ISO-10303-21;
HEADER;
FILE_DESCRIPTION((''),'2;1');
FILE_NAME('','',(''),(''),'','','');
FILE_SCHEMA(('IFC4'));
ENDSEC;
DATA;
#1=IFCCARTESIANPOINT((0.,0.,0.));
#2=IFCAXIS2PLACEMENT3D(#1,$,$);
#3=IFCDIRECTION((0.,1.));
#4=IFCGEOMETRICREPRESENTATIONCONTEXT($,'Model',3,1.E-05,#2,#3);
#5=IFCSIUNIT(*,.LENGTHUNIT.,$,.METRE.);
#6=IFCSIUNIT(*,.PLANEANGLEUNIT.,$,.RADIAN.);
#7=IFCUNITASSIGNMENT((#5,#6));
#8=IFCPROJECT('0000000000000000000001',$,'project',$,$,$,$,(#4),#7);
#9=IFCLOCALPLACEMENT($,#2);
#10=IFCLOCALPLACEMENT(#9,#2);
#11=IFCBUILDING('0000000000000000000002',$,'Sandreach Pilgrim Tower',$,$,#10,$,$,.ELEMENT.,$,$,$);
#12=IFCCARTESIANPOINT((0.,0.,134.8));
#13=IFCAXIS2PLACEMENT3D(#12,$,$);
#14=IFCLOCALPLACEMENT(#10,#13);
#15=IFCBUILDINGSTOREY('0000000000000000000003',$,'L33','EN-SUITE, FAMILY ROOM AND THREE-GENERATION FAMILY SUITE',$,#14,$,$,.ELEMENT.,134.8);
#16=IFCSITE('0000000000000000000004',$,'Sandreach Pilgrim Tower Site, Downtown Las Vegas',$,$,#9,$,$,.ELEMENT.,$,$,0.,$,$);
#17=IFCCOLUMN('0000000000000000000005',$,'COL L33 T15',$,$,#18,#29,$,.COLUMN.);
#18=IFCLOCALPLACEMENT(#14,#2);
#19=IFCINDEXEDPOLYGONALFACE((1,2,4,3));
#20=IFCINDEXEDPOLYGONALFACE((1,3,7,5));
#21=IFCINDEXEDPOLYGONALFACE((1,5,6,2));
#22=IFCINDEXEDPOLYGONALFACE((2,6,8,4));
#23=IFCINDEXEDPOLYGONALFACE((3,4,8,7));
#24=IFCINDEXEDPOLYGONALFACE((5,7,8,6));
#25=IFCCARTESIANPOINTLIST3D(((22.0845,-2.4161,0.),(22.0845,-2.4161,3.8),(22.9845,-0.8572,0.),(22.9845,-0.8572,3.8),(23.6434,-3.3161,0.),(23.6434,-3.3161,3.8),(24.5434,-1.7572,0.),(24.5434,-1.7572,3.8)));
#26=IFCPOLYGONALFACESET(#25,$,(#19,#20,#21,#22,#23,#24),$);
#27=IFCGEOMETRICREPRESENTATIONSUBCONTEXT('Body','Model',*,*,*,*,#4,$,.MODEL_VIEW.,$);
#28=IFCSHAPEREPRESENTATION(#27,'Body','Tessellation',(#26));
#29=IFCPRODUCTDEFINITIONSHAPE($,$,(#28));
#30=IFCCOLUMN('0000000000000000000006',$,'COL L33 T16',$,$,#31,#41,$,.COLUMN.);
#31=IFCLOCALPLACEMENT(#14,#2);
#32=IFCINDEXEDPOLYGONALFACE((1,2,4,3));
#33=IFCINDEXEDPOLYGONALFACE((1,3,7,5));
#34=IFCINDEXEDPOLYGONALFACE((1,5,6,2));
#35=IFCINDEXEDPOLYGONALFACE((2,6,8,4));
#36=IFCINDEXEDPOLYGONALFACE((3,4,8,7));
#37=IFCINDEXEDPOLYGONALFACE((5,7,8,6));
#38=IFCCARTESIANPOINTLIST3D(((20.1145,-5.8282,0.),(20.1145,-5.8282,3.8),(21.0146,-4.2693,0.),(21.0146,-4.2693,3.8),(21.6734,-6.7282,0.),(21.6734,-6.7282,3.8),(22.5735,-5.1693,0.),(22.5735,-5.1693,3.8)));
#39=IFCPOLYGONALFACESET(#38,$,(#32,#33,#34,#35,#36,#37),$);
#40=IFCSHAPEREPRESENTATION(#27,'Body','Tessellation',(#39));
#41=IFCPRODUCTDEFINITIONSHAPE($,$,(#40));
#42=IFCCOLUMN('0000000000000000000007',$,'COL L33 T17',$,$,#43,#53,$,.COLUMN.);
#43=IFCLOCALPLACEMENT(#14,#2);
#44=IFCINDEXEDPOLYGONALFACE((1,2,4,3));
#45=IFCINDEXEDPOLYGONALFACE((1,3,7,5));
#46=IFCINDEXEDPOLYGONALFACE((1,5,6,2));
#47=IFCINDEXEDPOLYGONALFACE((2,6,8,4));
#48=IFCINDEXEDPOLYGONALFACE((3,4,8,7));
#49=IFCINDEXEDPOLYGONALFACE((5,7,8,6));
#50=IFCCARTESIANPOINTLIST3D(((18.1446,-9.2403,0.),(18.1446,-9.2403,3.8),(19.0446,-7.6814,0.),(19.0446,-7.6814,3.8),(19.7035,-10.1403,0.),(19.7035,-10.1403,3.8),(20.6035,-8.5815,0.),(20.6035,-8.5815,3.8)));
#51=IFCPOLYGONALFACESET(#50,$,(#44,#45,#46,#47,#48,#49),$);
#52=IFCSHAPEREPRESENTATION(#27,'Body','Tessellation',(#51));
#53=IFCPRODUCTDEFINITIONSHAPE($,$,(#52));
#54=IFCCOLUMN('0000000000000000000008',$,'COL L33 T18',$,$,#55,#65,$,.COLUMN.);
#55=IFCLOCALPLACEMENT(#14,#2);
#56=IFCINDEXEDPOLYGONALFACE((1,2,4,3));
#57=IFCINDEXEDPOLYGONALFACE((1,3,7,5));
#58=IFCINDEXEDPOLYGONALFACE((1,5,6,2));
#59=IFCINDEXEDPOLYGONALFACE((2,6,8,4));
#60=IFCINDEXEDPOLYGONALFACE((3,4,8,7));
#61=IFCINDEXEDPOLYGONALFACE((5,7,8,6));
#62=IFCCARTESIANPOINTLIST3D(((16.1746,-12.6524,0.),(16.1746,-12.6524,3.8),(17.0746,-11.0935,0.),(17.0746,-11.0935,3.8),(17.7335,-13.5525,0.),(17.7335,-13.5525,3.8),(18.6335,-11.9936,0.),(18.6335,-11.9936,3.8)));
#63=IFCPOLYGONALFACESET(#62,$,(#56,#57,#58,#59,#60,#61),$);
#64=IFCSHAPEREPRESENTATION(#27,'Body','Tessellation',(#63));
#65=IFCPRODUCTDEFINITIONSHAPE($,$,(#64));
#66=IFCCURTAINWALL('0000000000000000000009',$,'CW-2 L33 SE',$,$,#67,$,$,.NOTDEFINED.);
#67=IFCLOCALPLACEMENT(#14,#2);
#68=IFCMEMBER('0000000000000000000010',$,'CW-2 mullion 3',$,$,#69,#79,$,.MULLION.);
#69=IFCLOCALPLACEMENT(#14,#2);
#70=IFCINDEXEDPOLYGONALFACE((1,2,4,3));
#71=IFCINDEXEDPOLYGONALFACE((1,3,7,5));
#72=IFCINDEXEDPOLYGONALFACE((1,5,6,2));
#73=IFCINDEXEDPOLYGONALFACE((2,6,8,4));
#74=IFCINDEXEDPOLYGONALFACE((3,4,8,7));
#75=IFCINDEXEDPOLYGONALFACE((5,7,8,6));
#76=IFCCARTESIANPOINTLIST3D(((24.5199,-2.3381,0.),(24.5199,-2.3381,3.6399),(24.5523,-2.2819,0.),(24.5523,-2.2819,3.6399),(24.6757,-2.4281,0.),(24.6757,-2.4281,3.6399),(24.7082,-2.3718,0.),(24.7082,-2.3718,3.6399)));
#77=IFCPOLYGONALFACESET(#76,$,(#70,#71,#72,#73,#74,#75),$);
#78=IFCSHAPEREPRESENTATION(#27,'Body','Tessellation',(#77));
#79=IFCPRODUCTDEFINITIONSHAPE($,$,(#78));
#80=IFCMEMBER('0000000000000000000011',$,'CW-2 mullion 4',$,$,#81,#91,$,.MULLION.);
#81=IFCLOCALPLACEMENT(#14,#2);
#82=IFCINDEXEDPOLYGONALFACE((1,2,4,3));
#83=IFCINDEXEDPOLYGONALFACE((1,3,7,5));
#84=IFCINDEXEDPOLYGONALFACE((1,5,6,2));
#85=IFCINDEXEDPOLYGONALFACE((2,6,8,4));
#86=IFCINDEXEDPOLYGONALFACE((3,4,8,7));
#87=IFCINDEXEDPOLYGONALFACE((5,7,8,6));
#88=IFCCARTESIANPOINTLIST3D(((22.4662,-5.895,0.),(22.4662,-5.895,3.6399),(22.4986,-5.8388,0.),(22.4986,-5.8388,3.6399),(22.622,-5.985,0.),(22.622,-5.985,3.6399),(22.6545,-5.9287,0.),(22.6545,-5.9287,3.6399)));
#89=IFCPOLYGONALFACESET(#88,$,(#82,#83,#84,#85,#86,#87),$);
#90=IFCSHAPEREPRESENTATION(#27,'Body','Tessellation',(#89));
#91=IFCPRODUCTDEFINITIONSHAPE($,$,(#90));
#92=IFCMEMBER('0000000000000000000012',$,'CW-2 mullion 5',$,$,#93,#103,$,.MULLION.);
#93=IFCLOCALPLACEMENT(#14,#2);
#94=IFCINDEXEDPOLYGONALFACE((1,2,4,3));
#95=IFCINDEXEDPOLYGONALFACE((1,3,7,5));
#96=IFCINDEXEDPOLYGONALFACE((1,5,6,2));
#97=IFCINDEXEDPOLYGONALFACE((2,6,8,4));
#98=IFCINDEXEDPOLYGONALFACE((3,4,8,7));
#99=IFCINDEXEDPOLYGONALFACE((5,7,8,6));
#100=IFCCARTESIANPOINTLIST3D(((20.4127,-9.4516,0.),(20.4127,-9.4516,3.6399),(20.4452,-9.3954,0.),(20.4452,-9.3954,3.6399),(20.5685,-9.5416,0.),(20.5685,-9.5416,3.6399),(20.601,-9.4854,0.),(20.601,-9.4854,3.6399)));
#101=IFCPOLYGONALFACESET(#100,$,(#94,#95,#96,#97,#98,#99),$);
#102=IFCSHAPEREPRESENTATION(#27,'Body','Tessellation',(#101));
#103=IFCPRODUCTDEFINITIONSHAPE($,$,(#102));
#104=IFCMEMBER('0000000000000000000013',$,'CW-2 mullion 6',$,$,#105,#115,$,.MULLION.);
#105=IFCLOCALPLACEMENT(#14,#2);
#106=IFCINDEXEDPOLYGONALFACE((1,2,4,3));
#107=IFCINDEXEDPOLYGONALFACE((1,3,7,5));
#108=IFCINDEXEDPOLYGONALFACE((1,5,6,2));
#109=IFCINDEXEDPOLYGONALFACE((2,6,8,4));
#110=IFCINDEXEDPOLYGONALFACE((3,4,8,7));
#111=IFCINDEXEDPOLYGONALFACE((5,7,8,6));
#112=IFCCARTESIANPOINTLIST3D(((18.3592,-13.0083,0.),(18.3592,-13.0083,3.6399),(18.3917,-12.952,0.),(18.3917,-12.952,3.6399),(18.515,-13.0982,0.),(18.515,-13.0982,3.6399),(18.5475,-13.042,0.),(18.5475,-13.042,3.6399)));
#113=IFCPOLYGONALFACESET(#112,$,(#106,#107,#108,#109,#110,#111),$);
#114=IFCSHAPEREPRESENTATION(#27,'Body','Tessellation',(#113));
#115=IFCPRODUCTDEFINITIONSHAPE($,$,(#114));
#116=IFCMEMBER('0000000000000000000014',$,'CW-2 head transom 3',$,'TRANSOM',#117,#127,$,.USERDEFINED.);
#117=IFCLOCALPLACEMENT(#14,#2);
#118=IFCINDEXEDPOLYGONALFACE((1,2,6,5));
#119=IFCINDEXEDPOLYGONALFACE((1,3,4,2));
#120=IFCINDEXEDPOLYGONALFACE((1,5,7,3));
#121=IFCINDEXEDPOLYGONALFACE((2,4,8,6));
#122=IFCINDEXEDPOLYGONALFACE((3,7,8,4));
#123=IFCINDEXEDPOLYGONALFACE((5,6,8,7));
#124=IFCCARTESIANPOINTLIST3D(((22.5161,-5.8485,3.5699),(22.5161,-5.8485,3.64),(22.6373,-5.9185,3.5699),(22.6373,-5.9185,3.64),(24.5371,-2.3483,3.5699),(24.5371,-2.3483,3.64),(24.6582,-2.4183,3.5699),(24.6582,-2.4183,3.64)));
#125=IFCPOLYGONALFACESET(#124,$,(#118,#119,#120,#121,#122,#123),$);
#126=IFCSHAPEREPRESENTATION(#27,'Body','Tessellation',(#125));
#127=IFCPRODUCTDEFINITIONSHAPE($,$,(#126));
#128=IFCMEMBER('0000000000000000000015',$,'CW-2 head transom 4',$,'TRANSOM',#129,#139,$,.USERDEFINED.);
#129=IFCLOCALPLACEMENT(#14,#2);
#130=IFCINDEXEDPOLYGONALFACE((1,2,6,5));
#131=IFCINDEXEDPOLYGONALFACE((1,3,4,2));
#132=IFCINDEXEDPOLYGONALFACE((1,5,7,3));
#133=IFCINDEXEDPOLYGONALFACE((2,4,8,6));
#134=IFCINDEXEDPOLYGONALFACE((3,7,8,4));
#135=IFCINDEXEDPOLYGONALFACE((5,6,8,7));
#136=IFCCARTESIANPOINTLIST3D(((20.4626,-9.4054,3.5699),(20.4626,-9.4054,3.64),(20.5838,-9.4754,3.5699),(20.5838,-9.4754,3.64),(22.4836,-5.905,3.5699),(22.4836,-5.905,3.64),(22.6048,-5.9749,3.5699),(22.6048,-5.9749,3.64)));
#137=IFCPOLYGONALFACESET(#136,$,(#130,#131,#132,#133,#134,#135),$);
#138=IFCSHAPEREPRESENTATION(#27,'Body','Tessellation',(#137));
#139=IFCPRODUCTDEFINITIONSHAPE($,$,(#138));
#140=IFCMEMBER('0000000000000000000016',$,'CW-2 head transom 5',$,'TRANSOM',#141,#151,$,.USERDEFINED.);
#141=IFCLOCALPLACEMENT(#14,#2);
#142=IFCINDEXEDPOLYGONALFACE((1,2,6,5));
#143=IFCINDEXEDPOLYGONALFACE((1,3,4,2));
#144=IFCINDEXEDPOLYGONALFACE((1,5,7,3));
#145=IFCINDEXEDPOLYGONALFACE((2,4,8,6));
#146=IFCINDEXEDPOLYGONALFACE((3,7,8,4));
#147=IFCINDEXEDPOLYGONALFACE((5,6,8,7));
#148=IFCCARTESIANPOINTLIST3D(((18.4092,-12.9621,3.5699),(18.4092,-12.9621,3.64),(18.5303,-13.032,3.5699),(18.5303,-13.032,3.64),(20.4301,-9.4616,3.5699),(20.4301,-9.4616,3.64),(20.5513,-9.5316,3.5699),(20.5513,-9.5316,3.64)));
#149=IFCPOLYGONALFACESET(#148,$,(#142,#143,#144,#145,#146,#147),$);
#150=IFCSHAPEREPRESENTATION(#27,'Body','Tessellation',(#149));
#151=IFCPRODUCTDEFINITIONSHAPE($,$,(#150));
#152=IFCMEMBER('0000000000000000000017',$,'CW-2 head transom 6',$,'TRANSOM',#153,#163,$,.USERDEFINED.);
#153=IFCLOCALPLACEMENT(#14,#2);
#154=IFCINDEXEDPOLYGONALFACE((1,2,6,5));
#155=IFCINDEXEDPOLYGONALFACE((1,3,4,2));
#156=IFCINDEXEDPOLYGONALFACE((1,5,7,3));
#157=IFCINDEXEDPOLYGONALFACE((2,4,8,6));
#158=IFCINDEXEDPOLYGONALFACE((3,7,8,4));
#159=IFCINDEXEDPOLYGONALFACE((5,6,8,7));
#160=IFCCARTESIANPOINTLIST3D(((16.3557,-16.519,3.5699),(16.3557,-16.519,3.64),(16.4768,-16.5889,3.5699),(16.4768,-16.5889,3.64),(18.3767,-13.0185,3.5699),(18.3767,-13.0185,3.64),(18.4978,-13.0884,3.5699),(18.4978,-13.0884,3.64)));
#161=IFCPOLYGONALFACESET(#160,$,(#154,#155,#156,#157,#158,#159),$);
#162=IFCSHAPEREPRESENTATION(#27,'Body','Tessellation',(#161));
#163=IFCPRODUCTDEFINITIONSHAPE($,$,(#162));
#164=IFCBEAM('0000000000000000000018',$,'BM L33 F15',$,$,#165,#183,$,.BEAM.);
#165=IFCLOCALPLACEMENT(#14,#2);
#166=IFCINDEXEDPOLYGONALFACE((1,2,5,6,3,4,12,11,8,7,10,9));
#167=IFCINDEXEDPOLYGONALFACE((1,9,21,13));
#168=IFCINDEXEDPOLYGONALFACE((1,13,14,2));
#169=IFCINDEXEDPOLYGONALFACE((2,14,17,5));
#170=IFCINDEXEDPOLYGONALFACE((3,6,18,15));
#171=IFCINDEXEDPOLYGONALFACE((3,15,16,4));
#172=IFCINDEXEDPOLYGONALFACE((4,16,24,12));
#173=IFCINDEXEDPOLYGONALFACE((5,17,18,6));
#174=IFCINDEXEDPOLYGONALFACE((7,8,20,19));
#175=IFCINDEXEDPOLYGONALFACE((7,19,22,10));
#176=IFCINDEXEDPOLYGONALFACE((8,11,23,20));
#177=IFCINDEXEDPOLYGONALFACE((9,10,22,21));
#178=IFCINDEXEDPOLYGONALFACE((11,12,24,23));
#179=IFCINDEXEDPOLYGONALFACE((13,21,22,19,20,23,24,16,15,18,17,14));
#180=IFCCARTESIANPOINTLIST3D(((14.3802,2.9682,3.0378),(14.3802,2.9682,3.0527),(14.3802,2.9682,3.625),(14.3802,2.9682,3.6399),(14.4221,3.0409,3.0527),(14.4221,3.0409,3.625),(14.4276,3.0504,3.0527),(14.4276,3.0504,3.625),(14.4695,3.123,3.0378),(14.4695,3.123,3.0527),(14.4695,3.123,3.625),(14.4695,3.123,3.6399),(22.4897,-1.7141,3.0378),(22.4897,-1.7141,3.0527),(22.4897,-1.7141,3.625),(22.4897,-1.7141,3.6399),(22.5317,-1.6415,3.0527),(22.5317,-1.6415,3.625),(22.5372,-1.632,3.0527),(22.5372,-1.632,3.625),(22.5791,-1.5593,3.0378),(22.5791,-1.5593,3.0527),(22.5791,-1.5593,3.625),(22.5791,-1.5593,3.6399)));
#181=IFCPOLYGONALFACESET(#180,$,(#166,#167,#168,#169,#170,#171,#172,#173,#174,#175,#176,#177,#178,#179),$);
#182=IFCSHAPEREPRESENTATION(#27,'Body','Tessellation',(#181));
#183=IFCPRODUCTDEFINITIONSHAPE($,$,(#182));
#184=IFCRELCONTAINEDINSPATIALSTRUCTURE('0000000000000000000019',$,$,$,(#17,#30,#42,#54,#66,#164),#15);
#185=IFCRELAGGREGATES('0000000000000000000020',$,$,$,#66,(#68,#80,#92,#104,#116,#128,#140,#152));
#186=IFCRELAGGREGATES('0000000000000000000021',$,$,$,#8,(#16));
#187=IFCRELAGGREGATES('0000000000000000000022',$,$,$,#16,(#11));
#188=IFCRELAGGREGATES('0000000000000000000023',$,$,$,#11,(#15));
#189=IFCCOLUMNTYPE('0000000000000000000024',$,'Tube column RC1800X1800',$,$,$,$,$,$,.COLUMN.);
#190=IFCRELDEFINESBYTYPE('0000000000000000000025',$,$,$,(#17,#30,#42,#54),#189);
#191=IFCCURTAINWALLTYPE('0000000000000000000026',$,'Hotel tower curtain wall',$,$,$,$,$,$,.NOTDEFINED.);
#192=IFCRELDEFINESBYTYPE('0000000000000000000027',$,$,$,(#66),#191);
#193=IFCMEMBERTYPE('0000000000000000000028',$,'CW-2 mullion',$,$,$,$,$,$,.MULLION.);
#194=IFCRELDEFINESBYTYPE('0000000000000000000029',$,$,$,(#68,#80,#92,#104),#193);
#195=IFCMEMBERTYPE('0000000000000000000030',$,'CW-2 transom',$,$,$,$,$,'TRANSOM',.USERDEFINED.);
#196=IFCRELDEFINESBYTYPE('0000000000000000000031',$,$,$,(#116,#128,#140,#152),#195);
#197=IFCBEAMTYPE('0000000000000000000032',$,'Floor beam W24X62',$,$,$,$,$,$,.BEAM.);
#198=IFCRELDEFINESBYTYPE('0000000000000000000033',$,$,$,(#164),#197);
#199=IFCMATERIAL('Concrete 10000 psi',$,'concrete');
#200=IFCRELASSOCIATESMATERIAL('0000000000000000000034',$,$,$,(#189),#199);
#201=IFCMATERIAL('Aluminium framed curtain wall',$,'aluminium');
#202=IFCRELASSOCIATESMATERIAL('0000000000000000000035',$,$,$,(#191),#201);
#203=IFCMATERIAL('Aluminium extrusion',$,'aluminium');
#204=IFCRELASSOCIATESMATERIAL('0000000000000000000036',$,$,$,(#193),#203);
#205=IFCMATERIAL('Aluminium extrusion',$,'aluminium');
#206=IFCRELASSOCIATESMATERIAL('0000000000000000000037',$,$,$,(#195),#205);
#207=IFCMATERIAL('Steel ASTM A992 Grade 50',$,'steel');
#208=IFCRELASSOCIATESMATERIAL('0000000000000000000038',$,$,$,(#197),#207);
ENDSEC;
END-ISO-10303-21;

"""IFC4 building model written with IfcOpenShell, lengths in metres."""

from ifc_helpers import new_model, si_unit, direction, frame, origin, origin_2d, place, context, subcontext, project, spatial, rectangle, i_section, extrude, material, material_profile, profile_set, type_object, element, aggregate, save


model = new_model("IFC4")

# Units and contexts
model_context = context("Model", 3, precision=1e-05, world=origin(), true_north=direction((0.0, 1.0)))
body_context = subcontext(model_context, "Body", "Model", "MODEL_VIEW")
ifc_project = project(units=[si_unit("LENGTHUNIT", "METRE"), si_unit("PLANEANGLEUNIT", "RADIAN")], contexts=[model_context])

# Site, building, storey
site_placement = place(None, origin())
site = spatial("IfcSite", under=ifc_project, at=site_placement, Name="Sandreach Pilgrim Tower Site, Downtown Las Vegas", CompositionType="ELEMENT", RefElevation=0.0)
building_placement = place(site_placement, origin())
building = spatial("IfcBuilding", under=site, at=building_placement, Name="Sandreach Pilgrim Tower", CompositionType="ELEMENT")
storey_placement = place(building_placement, frame((0.0, 0.0, 134.8)))
storey = spatial("IfcBuildingStorey", under=building, at=storey_placement, Name="L33", Description="EN-SUITE, FAMILY ROOM AND THREE-GENERATION FAMILY SUITE", CompositionType="ELEMENT", Elevation=134.8)

# Columns
ifc_material_1 = material(Name="Concrete 10000 psi", Category="concrete")
ifc_material_profile_1 = material_profile(ifc_material_1, rectangle(XDim=1.8, YDim=1.8, at=origin_2d()), Name="RC1800X1800")
ifc_profile_set_1 = profile_set([ifc_material_profile_1], Name="Concrete 10000 psi")
column_type = type_object("IfcColumnType", Name="Tube column RC1800X1800", PredefinedType="COLUMN", material=ifc_profile_set_1)
for number, where, z_axis, x_axis, name in (
    (1, (23.314, -2.0867, 0.0), (0.0, 0.0, 1.0), (0.866025, -0.5, 0.0), "COL L33 T15"),
    (2, (21.344, -5.4988, 0.0), (0.0, 0.0, 1.0), (0.866025, -0.5, 0.0), "COL L33 T16"),
    (3, (19.374, -8.9109, 0.0), (0.0, 0.0, 1.0), (0.866025, -0.5, 0.0), "COL L33 T17"),
    (4, (17.4041, -12.323, 0.0), (0.0, 0.0, 1.0), (0.866025, -0.5, 0.0), "COL L33 T18"),
):
    element("IfcColumn", number, at=place(storey_placement, frame(where, z_axis=z_axis, x_axis=x_axis)), inside=storey, type_object=column_type, Name=name, PredefinedType="COLUMN", context=body_context, shape_type="SweptSolid", body=[
        extrude(rectangle(XDim=1.8, YDim=1.8, at=origin_2d()), origin(), (0.0, 0.0, 1.0), 3.8),
    ])

# Curtain wall, members
ifc_material_2 = material(Name="Aluminium framed curtain wall", Category="aluminium")
curtain_wall_type = type_object("IfcCurtainWallType", Name="Hotel tower curtain wall", PredefinedType="NOTDEFINED", material=ifc_material_2)
curtain_wall_placement = place(storey_placement, origin())
curtain_wall = element("IfcCurtainWall", 5, at=curtain_wall_placement, inside=storey, type_object=curtain_wall_type, Name="CW-2 L33 SE", PredefinedType="NOTDEFINED")
ifc_material_3 = material(Name="Aluminium extrusion", Category="aluminium")
ifc_material_profile_2 = material_profile(ifc_material_3, rectangle(XDim=0.0649, YDim=0.1799, at=origin_2d()), Name="CW-2M 65X180")
ifc_profile_set_2 = profile_set([ifc_material_profile_2], Name="Aluminium extrusion")
member_type_1 = type_object("IfcMemberType", Name="CW-2 mullion", PredefinedType="MULLION", material=ifc_profile_set_2)
member_1_placement = place(storey_placement, frame((24.614, -2.355, 0.0), z_axis=(0.0, 0.0, 1.0), x_axis=(-0.5, -0.866025, 0.0)))
member_1 = element("IfcMember", 6, at=member_1_placement, type_object=member_type_1, Name="CW-2 mullion 3", PredefinedType="MULLION", context=body_context, shape_type="SweptSolid", body=[
    extrude(rectangle(XDim=0.0649, YDim=0.1799, at=origin_2d()), origin(), (0.0, 0.0, 1.0), 3.6399),
])
member_2_placement = place(storey_placement, frame((22.5603, -5.9119, 0.0), z_axis=(0.0, 0.0, 1.0), x_axis=(-0.5, -0.866025, 0.0)))
member_2 = element("IfcMember", 7, at=member_2_placement, type_object=member_type_1, Name="CW-2 mullion 4", PredefinedType="MULLION", context=body_context, shape_type="SweptSolid", body=[
    extrude(rectangle(XDim=0.0649, YDim=0.1799, at=origin_2d()), origin(), (0.0, 0.0, 1.0), 3.6399),
])
member_3_placement = place(storey_placement, frame((20.5068, -9.4685, 0.0), z_axis=(0.0, 0.0, 1.0), x_axis=(-0.5, -0.866025, 0.0)))
member_3 = element("IfcMember", 8, at=member_3_placement, type_object=member_type_1, Name="CW-2 mullion 5", PredefinedType="MULLION", context=body_context, shape_type="SweptSolid", body=[
    extrude(rectangle(XDim=0.0649, YDim=0.1799, at=origin_2d()), origin(), (0.0, 0.0, 1.0), 3.6399),
])
member_4_placement = place(storey_placement, frame((18.4534, -13.0251, 0.0), z_axis=(0.0, 0.0, 1.0), x_axis=(-0.5, -0.866025, 0.0)))
member_4 = element("IfcMember", 9, at=member_4_placement, type_object=member_type_1, Name="CW-2 mullion 6", PredefinedType="MULLION", context=body_context, shape_type="SweptSolid", body=[
    extrude(rectangle(XDim=0.0649, YDim=0.1799, at=origin_2d()), origin(), (0.0, 0.0, 1.0), 3.6399),
])
ifc_material_4 = material(Name="Aluminium extrusion", Category="aluminium")
ifc_material_profile_3 = material_profile(ifc_material_4, rectangle(XDim=0.1399, YDim=0.0701, at=origin_2d()), Name="CW-2T 140X70")
ifc_profile_set_3 = profile_set([ifc_material_profile_3], Name="Aluminium extrusion")
member_type_2 = type_object("IfcMemberType", Name="CW-2 transom", ElementType="TRANSOM", PredefinedType="USERDEFINED", material=ifc_profile_set_3)
member_5_placement = place(storey_placement, frame((24.5977, -2.3833, 3.605), z_axis=(-0.500024, -0.866012, 0.0), x_axis=(0.866012, -0.500024, 0.0)))
member_5 = element("IfcMember", 10, at=member_5_placement, type_object=member_type_2, Name="CW-2 head transom 3", ObjectType="TRANSOM", PredefinedType="USERDEFINED", context=body_context, shape_type="SweptSolid", body=[
    extrude(rectangle(XDim=0.1399, YDim=0.0701, at=origin_2d()), origin(), (0.0, 0.0, 1.0), 4.0417),
])
member_6_placement = place(storey_placement, frame((22.5442, -5.9399, 3.605), z_axis=(-0.499998, -0.866027, 0.0), x_axis=(0.866027, -0.499998, 0.0)))
member_6 = element("IfcMember", 11, at=member_6_placement, type_object=member_type_2, Name="CW-2 head transom 4", ObjectType="TRANSOM", PredefinedType="USERDEFINED", context=body_context, shape_type="SweptSolid", body=[
    extrude(rectangle(XDim=0.1399, YDim=0.0701, at=origin_2d()), origin(), (0.0, 0.0, 1.0), 4.042),
])
member_7_placement = place(storey_placement, frame((20.4907, -9.4966, 3.605), z_axis=(-0.499998, -0.866027, 0.0), x_axis=(0.866027, -0.499998, 0.0)))
member_7 = element("IfcMember", 12, at=member_7_placement, type_object=member_type_2, Name="CW-2 head transom 5", ObjectType="TRANSOM", PredefinedType="USERDEFINED", context=body_context, shape_type="SweptSolid", body=[
    extrude(rectangle(XDim=0.1399, YDim=0.0701, at=origin_2d()), origin(), (0.0, 0.0, 1.0), 4.042),
])
member_8_placement = place(storey_placement, frame((18.4373, -13.0535, 3.605), z_axis=(-0.499998, -0.866027, 0.0), x_axis=(0.866027, -0.499998, 0.0)))
member_8 = element("IfcMember", 13, at=member_8_placement, type_object=member_type_2, Name="CW-2 head transom 6", ObjectType="TRANSOM", PredefinedType="USERDEFINED", context=body_context, shape_type="SweptSolid", body=[
    extrude(rectangle(XDim=0.1399, YDim=0.0701, at=origin_2d()), origin(), (0.0, 0.0, 1.0), 4.042),
])

# Beam
ifc_material_5 = material(Name="Steel ASTM A992 Grade 50", Category="steel")
ifc_material_profile_4 = material_profile(ifc_material_5, i_section(OverallWidth=0.1787, OverallDepth=0.6021, WebThickness=0.011, FlangeThickness=0.0149, at=origin_2d()), Name="W24X62")
ifc_profile_set_4 = profile_set([ifc_material_profile_4], Name="Steel ASTM A992 Grade 50")
beam_type_1 = type_object("IfcBeamType", Name="Floor beam W24X62", PredefinedType="BEAM", material=ifc_profile_set_4)
beam_1_placement = place(storey_placement, frame((22.5344, -1.6367, 3.3389), z_axis=(-0.866012, 0.500023, 0.0), x_axis=(-0.500023, -0.866012, 0.0)))
element("IfcBeam", 14, at=beam_1_placement, inside=storey, type_object=beam_type_1, Name="BM L33 F15", PredefinedType="BEAM", context=body_context, shape_type="SweptSolid", body=[
    extrude(i_section(OverallWidth=0.1787, OverallDepth=0.6021, WebThickness=0.011, FlangeThickness=0.0149, at=origin_2d()), origin(), (0.0, 0.0, 1.0), 9.3643),
])

aggregate(curtain_wall, [member_1, member_2, member_3, member_4, member_5, member_6, member_7, member_8])

save(model, "model.ifc")
